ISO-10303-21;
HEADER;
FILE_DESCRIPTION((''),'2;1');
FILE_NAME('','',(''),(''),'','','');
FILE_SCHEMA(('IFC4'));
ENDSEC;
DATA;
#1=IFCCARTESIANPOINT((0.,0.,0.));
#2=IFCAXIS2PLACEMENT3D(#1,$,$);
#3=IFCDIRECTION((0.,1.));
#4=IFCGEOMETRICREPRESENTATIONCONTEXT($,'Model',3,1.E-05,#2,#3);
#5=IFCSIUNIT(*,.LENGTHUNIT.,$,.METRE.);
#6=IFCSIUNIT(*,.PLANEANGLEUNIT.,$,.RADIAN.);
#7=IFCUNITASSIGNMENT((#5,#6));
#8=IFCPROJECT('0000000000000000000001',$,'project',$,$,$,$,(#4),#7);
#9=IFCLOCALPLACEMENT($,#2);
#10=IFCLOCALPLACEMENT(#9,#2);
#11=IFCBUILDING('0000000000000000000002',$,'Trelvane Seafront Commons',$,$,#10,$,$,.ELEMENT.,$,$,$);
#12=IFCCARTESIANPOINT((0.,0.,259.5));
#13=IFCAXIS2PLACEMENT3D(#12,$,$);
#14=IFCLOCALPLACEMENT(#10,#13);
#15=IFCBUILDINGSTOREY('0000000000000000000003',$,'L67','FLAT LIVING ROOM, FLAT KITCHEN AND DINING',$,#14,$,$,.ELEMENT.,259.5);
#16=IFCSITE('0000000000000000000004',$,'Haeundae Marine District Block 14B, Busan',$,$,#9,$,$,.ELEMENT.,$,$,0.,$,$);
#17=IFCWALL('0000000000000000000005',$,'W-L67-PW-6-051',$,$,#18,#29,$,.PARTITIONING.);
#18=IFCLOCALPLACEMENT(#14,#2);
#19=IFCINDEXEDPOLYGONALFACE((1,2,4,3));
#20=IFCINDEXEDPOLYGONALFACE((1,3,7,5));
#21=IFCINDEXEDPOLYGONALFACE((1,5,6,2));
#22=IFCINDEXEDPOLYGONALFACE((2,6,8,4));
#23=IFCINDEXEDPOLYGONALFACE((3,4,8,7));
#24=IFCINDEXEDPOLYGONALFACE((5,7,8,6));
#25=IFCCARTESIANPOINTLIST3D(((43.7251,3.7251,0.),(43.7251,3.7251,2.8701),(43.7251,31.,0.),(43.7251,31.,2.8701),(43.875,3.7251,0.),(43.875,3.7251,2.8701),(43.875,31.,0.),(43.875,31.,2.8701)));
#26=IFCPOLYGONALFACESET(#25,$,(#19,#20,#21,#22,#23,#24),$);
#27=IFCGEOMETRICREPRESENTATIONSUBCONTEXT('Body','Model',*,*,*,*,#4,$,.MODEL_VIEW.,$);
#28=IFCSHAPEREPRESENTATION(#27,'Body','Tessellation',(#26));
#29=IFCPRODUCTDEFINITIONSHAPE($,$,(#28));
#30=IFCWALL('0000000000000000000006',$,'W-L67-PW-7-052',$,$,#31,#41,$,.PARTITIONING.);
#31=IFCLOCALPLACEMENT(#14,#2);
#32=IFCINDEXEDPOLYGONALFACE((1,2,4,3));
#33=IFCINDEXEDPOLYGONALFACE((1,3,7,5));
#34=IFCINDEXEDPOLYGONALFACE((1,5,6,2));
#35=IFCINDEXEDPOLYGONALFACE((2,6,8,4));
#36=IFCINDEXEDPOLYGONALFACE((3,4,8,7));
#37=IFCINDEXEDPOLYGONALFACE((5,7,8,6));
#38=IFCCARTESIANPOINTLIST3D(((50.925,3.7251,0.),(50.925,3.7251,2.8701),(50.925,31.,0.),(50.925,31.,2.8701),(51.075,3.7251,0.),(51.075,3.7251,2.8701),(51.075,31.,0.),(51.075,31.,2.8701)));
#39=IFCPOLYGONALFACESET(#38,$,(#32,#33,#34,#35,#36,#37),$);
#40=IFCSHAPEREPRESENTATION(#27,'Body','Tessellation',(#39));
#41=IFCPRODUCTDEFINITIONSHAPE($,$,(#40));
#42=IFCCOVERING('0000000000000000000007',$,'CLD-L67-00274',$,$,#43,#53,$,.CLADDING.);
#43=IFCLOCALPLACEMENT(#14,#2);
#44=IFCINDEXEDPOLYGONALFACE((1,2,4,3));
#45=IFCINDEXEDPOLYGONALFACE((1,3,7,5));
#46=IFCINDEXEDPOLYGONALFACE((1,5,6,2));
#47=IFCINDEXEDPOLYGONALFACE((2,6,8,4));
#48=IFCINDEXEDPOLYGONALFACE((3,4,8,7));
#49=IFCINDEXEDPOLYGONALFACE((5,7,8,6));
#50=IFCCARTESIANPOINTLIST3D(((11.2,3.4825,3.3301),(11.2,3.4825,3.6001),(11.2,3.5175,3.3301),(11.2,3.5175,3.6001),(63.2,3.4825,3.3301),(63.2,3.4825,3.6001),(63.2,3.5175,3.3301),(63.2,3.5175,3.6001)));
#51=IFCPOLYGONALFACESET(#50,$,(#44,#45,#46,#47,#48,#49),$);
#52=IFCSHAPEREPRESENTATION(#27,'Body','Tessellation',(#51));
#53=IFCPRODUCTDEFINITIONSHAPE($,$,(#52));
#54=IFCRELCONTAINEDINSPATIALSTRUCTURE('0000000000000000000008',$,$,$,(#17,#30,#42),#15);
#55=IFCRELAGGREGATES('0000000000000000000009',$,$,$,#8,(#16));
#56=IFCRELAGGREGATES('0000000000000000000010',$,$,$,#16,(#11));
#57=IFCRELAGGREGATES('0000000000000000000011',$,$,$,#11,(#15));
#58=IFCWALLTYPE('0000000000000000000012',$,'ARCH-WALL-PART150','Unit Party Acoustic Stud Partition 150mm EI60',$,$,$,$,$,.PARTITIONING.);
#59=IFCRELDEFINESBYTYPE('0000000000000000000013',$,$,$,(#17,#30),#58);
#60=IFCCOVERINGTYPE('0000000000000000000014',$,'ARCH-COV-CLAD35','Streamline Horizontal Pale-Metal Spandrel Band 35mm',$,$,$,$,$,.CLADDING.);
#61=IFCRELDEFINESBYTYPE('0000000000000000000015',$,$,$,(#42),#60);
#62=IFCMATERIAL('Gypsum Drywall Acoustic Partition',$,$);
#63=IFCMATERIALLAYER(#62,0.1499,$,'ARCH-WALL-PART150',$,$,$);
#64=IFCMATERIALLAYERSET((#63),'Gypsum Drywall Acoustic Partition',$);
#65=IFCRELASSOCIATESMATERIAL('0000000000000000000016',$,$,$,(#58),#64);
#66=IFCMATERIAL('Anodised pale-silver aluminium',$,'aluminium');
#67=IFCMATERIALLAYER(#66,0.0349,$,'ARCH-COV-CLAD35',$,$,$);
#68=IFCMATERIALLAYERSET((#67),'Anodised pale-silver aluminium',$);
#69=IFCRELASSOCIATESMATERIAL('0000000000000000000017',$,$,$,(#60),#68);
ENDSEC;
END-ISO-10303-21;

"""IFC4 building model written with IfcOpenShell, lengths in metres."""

from ifc_helpers import new_model, si_unit, direction, frame, frame_2d, origin, origin_2d, place, context, subcontext, project, spatial, rectangle, extrude, source, transform, mapped, material, layer, layer_set, type_object, element, save


model = new_model("IFC4")

# Units and contexts
model_context = context("Model", 3, precision=1e-05, world=origin(), true_north=direction((0.0, 1.0)))
body_context = subcontext(model_context, "Body", "Model", "MODEL_VIEW")
ifc_project = project(units=[si_unit("LENGTHUNIT", "METRE"), si_unit("PLANEANGLEUNIT", "RADIAN")], contexts=[model_context])

# Site, building, storey
site_placement = place(None, origin())
site = spatial("IfcSite", under=ifc_project, at=site_placement, Name="Haeundae Marine District Block 14B, Busan", CompositionType="ELEMENT", RefElevation=0.0)
building_placement = place(site_placement, origin())
building = spatial("IfcBuilding", under=site, at=building_placement, Name="Trelvane Seafront Commons", CompositionType="ELEMENT")
storey_placement = place(building_placement, frame((0.0, 0.0, 259.5)))
storey = spatial("IfcBuildingStorey", under=building, at=storey_placement, Name="L67", Description="FLAT LIVING ROOM, FLAT KITCHEN AND DINING", CompositionType="ELEMENT", Elevation=259.5)

# Shared definitions
ifc_material_1 = material(Name="Anodised pale-silver aluminium", Category="aluminium")

# Shared definitions
ifc_material_2 = material(Name="Gypsum Drywall Acoustic Partition")

# Walls
ifc_layer_1 = layer(ifc_material_2, 0.1499, Name="ARCH-WALL-PART150")
ifc_layer_set_1 = layer_set([ifc_layer_1], Name="Gypsum Drywall Acoustic Partition")
wall_type_1 = type_object("IfcWallType", Name="ARCH-WALL-PART150", Description="Unit Party Acoustic Stud Partition 150mm EI60", PredefinedType="PARTITIONING", material=ifc_layer_set_1)
for number, where, z_axis, x_axis, name in (
    (1, (43.8, 3.7251, 0.0), (0.0, 0.0, 1.0), (0.0, 1.0, 0.0), "W-L67-PW-6-051"),
    (2, (51.0, 3.7251, 0.0), (0.0, 0.0, 1.0), (0.0, 1.0, 0.0), "W-L67-PW-7-052"),
):
    element("IfcWall", number, at=place(storey_placement, frame(where, z_axis=z_axis, x_axis=x_axis)), inside=storey, type_object=wall_type_1, Name=name, PredefinedType="PARTITIONING", context=body_context, shape_type="SweptSolid", body=[
        extrude(rectangle(XDim=27.2749, YDim=0.1499, at=frame_2d((13.6375, 0.0))), origin(), (0.0, 0.0, 1.0), 2.8701),
    ])

# Covering
ifc_layer_2 = layer(ifc_material_1, 0.0349, Name="ARCH-COV-CLAD35")
ifc_layer_set_2 = layer_set([ifc_layer_2], Name="Anodised pale-silver aluminium")
covering_type = type_object("IfcCoveringType", Name="ARCH-COV-CLAD35", Description="Streamline Horizontal Pale-Metal Spandrel Band 35mm", PredefinedType="CLADDING", material=ifc_layer_set_2)
shared_shape_1 = source(origin(), body_context, "Body", "SweptSolid", [
    extrude(rectangle(XDim=52.0, YDim=0.0349, at=origin_2d()), origin(), (0.0, 0.0, 1.0), 0.27),
])
covering_placement = place(storey_placement, frame((37.2, 3.5, 3.3301), z_axis=(0.0, 0.0, 1.0), x_axis=(-1.0, 0.0, 0.0)))
element("IfcCovering", 3, at=covering_placement, inside=storey, type_object=covering_type, Name="CLD-L67-00274", PredefinedType="CLADDING", context=body_context, shape_type="MappedRepresentation", body=[
    mapped(shared_shape_1, transform((0.0, 0.0, 0.0), x_axis=(1.0, 0.0, 0.0), y_axis=(0.0, 1.0, 0.0), z_axis=(0.0, 0.0, 1.0), scale=1.0)),
])

save(model, "model.ifc")
